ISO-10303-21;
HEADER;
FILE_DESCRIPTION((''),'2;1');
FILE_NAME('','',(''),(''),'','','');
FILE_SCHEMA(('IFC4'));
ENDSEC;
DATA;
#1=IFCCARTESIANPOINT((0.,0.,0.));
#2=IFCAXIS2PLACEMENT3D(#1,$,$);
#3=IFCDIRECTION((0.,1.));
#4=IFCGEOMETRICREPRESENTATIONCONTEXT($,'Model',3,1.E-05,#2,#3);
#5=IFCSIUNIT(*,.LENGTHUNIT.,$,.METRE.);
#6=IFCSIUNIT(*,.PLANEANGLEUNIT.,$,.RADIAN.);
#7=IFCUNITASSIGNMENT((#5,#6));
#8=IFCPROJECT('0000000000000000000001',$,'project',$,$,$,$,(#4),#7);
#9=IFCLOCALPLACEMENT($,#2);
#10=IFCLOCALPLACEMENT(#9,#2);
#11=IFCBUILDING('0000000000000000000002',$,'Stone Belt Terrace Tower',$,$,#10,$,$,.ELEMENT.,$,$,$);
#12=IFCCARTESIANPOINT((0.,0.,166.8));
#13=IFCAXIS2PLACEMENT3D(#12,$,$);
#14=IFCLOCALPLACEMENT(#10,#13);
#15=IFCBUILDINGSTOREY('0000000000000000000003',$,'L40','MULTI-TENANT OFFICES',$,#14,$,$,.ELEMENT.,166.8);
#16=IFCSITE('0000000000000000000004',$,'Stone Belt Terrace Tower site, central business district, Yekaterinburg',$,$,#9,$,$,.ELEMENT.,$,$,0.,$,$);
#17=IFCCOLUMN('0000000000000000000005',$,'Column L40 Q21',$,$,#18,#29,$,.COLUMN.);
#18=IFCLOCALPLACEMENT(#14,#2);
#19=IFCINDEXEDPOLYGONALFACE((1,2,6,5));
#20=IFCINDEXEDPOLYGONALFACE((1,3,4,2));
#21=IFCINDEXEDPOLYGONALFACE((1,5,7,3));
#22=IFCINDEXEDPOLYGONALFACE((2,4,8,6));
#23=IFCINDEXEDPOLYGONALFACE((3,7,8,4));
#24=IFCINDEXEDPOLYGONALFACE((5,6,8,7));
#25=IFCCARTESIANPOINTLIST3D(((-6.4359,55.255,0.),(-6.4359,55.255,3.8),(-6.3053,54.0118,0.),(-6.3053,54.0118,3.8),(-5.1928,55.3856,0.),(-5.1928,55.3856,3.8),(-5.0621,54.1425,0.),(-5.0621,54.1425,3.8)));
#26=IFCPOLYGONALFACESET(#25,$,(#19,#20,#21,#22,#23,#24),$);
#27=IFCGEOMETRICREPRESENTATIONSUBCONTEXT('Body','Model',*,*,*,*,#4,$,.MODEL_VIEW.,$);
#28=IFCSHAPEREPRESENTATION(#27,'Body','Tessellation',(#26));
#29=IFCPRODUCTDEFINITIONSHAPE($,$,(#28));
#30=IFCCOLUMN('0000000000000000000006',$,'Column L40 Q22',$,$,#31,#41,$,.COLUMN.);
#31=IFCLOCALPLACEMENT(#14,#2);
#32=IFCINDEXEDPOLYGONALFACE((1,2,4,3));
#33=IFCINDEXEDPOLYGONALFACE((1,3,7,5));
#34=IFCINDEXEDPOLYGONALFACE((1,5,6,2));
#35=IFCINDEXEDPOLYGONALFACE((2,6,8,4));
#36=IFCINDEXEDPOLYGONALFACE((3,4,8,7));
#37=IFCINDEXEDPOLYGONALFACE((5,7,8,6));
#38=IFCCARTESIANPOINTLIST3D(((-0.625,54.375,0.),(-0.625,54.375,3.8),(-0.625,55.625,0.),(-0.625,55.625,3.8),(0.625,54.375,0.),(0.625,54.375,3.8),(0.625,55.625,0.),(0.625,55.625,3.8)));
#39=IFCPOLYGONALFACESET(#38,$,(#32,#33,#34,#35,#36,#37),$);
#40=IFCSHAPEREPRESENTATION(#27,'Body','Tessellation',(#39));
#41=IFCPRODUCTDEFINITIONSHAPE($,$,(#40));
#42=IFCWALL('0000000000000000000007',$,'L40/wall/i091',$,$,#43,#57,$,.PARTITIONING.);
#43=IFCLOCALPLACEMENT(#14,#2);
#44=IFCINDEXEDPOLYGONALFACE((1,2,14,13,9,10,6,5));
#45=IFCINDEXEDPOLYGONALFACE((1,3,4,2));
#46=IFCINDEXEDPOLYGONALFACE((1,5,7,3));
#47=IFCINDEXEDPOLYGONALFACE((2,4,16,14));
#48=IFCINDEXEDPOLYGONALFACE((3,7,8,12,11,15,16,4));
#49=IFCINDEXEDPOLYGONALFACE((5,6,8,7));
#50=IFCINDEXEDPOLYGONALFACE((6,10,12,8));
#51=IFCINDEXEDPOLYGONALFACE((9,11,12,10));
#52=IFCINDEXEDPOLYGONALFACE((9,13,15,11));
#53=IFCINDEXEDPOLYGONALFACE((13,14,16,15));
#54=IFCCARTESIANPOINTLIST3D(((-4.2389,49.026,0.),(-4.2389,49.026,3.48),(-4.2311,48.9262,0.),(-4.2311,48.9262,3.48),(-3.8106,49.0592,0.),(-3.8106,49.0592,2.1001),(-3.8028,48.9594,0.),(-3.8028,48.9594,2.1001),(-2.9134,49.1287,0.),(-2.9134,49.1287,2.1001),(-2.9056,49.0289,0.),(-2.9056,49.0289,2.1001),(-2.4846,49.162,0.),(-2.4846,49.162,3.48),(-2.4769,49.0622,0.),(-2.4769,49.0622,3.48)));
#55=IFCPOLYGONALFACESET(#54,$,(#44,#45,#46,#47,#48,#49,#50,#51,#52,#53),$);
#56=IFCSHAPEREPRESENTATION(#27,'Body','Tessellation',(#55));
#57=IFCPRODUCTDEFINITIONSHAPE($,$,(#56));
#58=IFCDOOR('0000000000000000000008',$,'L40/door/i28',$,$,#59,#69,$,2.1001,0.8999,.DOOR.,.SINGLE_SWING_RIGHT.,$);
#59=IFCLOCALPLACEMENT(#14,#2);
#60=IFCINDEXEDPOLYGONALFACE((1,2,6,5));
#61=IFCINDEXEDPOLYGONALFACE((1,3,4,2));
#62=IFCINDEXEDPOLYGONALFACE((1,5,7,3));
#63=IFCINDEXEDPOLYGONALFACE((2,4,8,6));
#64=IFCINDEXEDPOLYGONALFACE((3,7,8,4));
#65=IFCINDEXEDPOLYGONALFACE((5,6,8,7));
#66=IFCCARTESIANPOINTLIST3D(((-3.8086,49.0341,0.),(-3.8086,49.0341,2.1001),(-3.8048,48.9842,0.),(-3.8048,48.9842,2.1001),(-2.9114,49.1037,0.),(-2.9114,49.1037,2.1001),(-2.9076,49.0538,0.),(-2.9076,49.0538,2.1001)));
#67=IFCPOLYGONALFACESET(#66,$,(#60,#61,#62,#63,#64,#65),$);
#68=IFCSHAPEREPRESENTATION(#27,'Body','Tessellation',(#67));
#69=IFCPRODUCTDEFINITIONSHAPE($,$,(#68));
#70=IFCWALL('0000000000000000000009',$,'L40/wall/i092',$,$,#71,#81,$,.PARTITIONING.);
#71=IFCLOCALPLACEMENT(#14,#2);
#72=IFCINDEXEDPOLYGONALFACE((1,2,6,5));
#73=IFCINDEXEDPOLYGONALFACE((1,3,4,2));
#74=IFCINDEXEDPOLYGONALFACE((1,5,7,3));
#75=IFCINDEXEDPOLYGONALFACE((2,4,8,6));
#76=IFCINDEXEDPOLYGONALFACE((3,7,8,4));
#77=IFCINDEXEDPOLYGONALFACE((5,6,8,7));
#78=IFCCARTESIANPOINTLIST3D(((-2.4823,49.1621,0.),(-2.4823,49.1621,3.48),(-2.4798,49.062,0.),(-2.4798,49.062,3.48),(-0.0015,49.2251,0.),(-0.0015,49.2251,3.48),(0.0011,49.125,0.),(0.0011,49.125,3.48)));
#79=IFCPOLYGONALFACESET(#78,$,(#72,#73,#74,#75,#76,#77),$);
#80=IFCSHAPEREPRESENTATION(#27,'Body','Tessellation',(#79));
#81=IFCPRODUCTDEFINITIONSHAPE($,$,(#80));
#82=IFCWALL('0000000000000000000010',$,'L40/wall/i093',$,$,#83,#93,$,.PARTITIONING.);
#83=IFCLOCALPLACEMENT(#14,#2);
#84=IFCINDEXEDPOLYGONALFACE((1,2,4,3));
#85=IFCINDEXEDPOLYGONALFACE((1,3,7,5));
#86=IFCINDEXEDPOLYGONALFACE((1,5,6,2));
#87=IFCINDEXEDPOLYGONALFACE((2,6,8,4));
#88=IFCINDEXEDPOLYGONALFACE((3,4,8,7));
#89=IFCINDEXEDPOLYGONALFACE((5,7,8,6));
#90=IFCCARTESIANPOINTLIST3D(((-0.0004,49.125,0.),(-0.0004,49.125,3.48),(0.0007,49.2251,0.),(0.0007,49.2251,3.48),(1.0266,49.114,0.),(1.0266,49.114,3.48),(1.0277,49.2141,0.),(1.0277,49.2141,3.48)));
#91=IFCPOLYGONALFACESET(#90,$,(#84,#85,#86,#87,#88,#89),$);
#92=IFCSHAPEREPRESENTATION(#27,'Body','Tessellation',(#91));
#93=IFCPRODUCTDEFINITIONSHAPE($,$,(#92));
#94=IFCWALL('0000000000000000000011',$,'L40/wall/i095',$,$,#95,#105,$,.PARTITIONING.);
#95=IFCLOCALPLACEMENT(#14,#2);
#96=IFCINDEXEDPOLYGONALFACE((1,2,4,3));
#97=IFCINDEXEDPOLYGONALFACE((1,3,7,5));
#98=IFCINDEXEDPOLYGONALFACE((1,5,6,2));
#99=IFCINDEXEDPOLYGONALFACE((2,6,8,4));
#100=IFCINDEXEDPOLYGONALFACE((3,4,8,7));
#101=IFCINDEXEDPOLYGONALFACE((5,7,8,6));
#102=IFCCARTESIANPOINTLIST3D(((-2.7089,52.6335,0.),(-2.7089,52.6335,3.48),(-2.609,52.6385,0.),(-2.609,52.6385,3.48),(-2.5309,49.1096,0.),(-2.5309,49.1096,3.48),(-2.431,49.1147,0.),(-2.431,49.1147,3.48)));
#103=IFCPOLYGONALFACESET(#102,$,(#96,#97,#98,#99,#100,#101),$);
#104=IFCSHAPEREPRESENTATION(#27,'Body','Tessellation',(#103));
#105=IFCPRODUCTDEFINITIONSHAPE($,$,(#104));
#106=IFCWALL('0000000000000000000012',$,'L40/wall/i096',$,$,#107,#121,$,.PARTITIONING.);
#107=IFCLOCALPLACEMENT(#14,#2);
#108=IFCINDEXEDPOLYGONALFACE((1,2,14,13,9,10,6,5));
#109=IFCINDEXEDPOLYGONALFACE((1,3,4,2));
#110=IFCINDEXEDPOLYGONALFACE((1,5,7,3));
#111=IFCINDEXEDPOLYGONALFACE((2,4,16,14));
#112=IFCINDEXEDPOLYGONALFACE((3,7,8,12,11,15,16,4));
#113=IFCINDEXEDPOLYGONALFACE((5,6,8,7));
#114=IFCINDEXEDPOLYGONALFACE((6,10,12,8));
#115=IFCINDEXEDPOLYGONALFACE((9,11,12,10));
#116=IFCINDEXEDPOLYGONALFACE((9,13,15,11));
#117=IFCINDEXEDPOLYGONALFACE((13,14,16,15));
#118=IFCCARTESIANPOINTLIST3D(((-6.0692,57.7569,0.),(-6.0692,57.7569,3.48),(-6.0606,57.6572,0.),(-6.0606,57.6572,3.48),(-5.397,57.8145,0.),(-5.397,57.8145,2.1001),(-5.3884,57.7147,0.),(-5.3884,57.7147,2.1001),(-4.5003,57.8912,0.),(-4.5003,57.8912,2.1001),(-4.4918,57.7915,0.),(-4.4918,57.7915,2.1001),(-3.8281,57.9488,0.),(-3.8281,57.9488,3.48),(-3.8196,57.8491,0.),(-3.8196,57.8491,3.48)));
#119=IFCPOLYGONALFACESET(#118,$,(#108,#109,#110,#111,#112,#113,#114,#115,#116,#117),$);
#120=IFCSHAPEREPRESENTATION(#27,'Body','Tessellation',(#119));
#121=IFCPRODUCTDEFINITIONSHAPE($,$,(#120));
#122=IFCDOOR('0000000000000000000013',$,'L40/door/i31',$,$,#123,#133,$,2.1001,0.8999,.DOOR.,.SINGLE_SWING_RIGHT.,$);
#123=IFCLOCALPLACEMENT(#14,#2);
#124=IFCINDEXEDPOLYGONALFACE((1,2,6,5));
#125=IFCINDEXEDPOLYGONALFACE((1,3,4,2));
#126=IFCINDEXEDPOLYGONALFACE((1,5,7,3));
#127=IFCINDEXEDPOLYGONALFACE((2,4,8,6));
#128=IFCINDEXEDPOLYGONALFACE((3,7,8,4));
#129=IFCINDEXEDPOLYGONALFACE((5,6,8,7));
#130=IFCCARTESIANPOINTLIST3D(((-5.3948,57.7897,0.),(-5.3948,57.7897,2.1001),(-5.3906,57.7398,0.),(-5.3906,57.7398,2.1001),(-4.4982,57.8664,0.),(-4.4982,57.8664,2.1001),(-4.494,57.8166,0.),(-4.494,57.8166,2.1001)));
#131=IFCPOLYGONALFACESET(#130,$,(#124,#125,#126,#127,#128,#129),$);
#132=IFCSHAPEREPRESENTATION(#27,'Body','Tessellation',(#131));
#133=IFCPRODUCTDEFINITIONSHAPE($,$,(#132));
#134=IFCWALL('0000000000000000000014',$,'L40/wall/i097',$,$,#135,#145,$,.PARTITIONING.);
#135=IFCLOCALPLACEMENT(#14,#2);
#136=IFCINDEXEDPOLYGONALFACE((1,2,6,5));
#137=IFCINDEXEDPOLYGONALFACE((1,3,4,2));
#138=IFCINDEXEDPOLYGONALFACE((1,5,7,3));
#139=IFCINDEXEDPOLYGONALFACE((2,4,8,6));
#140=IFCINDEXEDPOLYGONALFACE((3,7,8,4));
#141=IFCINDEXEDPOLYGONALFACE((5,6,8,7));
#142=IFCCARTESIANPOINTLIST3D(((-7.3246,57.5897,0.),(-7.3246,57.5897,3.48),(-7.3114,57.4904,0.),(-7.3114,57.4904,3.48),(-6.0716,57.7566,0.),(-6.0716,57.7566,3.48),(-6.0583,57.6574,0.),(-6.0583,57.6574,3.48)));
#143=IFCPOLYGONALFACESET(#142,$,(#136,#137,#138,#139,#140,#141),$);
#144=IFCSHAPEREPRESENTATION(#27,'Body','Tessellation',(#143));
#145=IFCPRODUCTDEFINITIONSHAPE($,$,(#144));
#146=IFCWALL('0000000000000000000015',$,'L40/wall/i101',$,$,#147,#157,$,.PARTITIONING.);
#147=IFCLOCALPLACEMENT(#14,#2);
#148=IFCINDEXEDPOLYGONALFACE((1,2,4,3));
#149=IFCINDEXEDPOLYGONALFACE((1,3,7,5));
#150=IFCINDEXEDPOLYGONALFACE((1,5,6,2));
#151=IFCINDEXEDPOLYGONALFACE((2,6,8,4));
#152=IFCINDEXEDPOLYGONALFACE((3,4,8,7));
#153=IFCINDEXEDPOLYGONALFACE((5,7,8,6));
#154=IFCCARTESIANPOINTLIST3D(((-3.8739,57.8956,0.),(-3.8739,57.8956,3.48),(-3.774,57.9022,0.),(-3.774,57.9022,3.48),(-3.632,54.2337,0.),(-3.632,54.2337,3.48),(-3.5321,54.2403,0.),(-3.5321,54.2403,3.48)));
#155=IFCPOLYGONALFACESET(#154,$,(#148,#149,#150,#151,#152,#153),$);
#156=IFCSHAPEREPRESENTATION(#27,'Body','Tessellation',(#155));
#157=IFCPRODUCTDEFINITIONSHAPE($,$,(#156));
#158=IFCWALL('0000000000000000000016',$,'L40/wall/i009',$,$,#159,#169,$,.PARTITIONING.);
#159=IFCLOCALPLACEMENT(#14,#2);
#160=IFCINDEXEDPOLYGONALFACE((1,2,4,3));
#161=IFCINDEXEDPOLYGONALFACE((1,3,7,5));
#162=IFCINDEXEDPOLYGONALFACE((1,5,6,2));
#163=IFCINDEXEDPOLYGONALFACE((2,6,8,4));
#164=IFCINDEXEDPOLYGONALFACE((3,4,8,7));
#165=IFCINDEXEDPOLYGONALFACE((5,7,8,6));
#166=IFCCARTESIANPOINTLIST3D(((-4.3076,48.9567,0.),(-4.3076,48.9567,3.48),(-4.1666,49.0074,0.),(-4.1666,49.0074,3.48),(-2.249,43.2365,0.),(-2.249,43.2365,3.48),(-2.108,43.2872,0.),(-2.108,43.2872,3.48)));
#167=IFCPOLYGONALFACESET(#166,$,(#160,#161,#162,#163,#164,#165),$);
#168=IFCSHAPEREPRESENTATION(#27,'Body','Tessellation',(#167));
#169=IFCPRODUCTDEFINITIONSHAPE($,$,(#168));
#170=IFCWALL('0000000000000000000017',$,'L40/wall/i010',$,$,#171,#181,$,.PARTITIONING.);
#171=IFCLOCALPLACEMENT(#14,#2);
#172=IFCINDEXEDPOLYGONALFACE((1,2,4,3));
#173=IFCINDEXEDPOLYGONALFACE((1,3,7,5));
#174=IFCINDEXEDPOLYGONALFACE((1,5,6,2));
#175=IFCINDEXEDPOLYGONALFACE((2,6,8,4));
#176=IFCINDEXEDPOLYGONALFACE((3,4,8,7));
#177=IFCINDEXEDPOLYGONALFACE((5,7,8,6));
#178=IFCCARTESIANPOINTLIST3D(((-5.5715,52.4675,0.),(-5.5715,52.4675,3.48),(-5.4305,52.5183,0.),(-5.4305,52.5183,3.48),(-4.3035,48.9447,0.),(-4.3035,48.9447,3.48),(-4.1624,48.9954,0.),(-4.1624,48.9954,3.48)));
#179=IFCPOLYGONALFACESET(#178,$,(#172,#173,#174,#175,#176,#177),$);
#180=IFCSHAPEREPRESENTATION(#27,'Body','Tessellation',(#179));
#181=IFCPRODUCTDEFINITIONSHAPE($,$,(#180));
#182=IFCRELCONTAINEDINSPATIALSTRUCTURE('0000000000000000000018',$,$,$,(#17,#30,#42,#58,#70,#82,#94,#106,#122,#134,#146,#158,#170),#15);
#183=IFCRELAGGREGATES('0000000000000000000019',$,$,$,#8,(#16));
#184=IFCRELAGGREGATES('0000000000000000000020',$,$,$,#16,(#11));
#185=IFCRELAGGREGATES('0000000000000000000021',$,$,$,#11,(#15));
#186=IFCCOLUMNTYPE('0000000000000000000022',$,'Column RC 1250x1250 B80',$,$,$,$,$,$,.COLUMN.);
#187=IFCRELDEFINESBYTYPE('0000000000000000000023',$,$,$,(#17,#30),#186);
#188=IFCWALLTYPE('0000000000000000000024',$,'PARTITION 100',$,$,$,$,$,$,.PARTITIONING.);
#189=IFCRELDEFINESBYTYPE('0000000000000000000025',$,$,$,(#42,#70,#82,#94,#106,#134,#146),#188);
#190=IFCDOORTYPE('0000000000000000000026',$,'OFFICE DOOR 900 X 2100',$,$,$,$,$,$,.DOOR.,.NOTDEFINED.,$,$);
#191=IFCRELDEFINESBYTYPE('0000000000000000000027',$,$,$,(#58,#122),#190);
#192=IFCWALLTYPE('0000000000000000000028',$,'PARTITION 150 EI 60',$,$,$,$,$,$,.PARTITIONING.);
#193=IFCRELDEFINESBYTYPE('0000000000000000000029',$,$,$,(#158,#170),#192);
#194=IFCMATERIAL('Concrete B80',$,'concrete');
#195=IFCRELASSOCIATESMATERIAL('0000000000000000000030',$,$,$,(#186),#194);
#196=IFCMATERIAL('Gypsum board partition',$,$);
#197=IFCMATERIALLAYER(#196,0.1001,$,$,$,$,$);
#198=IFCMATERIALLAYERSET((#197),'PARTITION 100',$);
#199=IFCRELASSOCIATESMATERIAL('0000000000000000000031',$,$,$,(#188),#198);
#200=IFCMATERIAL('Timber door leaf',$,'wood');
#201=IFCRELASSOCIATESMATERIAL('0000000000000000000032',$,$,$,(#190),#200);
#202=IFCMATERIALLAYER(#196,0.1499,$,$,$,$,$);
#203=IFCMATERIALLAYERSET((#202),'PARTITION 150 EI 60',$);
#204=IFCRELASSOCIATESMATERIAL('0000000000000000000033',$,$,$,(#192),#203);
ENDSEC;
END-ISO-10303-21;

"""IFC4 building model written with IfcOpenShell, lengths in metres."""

from ifc_helpers import new_model, si_unit, direction, frame, frame_2d, origin, origin_2d, place, context, subcontext, project, spatial, rectangle, extrude, material, layer, layer_set, material_profile, profile_set, type_object, element, fill, save


model = new_model("IFC4")

# Units and contexts
model_context = context("Model", 3, precision=1e-05, world=origin(), true_north=direction((0.0, 1.0)))
body_context = subcontext(model_context, "Body", "Model", "MODEL_VIEW")
ifc_project = project(units=[si_unit("LENGTHUNIT", "METRE"), si_unit("PLANEANGLEUNIT", "RADIAN")], contexts=[model_context])

# Site, building, storey
site_placement = place(None, origin())
site = spatial("IfcSite", under=ifc_project, at=site_placement, Name="Stone Belt Terrace Tower site, central business district, Yekaterinburg", CompositionType="ELEMENT", RefElevation=0.0)
building_placement = place(site_placement, origin())
building = spatial("IfcBuilding", under=site, at=building_placement, Name="Stone Belt Terrace Tower", CompositionType="ELEMENT")
storey_placement = place(building_placement, frame((0.0, 0.0, 166.8)))
storey = spatial("IfcBuildingStorey", under=building, at=storey_placement, Name="L40", Description="MULTI-TENANT OFFICES", CompositionType="ELEMENT", Elevation=166.8)

# Columns
ifc_material_1 = material(Name="Concrete B80", Category="concrete")
ifc_material_profile = material_profile(ifc_material_1, rectangle(XDim=1.25, YDim=1.25, at=origin_2d()), Name="RC 1250x1250")
ifc_profile_set = profile_set([ifc_material_profile], Name="Concrete B80")
column_type = type_object("IfcColumnType", Name="Column RC 1250x1250 B80", PredefinedType="COLUMN", material=ifc_profile_set)
for number, where, z_axis, x_axis, name in (
    (1, (-5.749, 54.6987, 0.0), (0.0, 0.0, 1.0), (0.994522, 0.104528, 0.0), "Column L40 Q21"),
    (2, (0.0, 55.0, 0.0), (0.0, 0.0, 1.0), (1.0, 0.0, 0.0), "Column L40 Q22"),
):
    element("IfcColumn", number, at=place(storey_placement, frame(where, z_axis=z_axis, x_axis=x_axis)), inside=storey, type_object=column_type, Name=name, PredefinedType="COLUMN", context=body_context, shape_type="SweptSolid", body=[
        extrude(rectangle(XDim=1.25, YDim=1.25, at=origin_2d()), origin(), (0.0, 0.0, 1.0), 3.8),
    ])

# Wall, opening, door
ifc_material_2 = material(Name="Gypsum board partition")
ifc_layer_1 = layer(ifc_material_2, 0.1001)
ifc_layer_set_1 = layer_set([ifc_layer_1], Name="PARTITION 100")
wall_type_1 = type_object("IfcWallType", Name="PARTITION 100", PredefinedType="PARTITIONING", material=ifc_layer_set_1)
wall_1_placement = place(storey_placement, frame((-4.2351, 48.9761, 0.0), z_axis=(0.0, 0.0, 1.0), x_axis=(0.997009, 0.077291, 0.0)))
wall_1 = element("IfcWall", 3, at=wall_1_placement, inside=storey, type_object=wall_type_1, Name="L40/wall/i091", PredefinedType="PARTITIONING", context=body_context, shape_type="SweptSolid", body=[
    extrude(rectangle(XDim=1.7595, YDim=0.1001, at=frame_2d((0.8799, 0.0))), origin(), (0.0, 0.0, 1.0), 3.48),
])
opening_1_placement = place(wall_1_placement, frame((0.4297, 0.0, 0.0)))
opening_1 = element("IfcOpeningElement", 4, at=opening_1_placement, cuts=wall_1, PredefinedType="OPENING", context=body_context, shape_type="SweptSolid", body=[
    extrude(rectangle(XDim=0.8999, YDim=2.1001, at=frame_2d((0.45, 1.05))), frame((0.0, 0.0601, 0.0), z_axis=(0.0, -1.0, 0.0), x_axis=(1.0, 0.0, 0.0)), (0.0, 0.0, 1.0), 0.1201),
])
ifc_material_3 = material(Name="Timber door leaf", Category="wood")
door_type = type_object("IfcDoorType", Name="OFFICE DOOR 900 X 2100", OperationType="NOTDEFINED", PredefinedType="DOOR", material=ifc_material_3)
door_1_placement = place(opening_1_placement, origin())
door_1 = element("IfcDoor", 5, at=door_1_placement, inside=storey, type_object=door_type, Name="L40/door/i28", OperationType="SINGLE_SWING_RIGHT", OverallHeight=2.1001, OverallWidth=0.8999, PredefinedType="DOOR", context=body_context, shape_type="SweptSolid", body=[
    extrude(rectangle(XDim=0.8999, YDim=2.1001, at=frame_2d((0.45, 1.05))), frame((0.0, 0.0249, 0.0), z_axis=(0.0, -1.0, 0.0), x_axis=(1.0, 0.0, 0.0)), (0.0, 0.0, 1.0), 0.05),
])
fill(opening_1, door_1)

# Walls
wall_2_placement = place(storey_placement, frame((-2.481, 49.1121, 0.0), z_axis=(0.0, 0.0, 1.0), x_axis=(0.999678, 0.025381, 0.0)))
element("IfcWall", 6, at=wall_2_placement, inside=storey, type_object=wall_type_1, Name="L40/wall/i092", PredefinedType="PARTITIONING", context=body_context, shape_type="SweptSolid", body=[
    extrude(rectangle(XDim=2.4817, YDim=0.1001, at=frame_2d((1.2407, 0.0))), origin(), (0.0, 0.0, 1.0), 3.48),
])
wall_3_placement = place(storey_placement, frame((0.0, 49.175, 0.0), z_axis=(0.0, 0.0, 1.0), x_axis=(0.999943, -0.010696, 0.0)))
element("IfcWall", 7, at=wall_3_placement, inside=storey, type_object=wall_type_1, Name="L40/wall/i093", PredefinedType="PARTITIONING", context=body_context, shape_type="SweptSolid", body=[
    extrude(rectangle(XDim=1.0271, YDim=0.1001, at=frame_2d((0.5137, 0.0))), origin(), (0.0, 0.0, 1.0), 3.48),
])
wall_4_placement = place(storey_placement, frame((-2.6589, 52.636, 0.0), z_axis=(0.0, 0.0, 1.0), x_axis=(0.050441, -0.998727, 0.0)))
element("IfcWall", 8, at=wall_4_placement, inside=storey, type_object=wall_type_1, Name="L40/wall/i095", PredefinedType="PARTITIONING", context=body_context, shape_type="SweptSolid", body=[
    extrude(rectangle(XDim=3.5283, YDim=0.1001, at=frame_2d((1.7642, 0.0))), origin(), (0.0, 0.0, 1.0), 3.48),
])

# Wall, opening, door
wall_5_placement = place(storey_placement, frame((-3.824, 57.8989, 0.0), z_axis=(0.0, 0.0, 1.0), x_axis=(-0.996354, -0.085318, 0.0)))
wall_5 = element("IfcWall", 9, at=wall_5_placement, inside=storey, type_object=wall_type_1, Name="L40/wall/i096", PredefinedType="PARTITIONING", context=body_context, shape_type="SweptSolid", body=[
    extrude(rectangle(XDim=2.2493, YDim=0.1001, at=frame_2d((1.1245, 0.0))), origin(), (0.0, 0.0, 1.0), 3.48),
])
opening_2_placement = place(wall_5_placement, frame((0.6746, 0.0, 0.0)))
opening_2 = element("IfcOpeningElement", 10, at=opening_2_placement, cuts=wall_5, PredefinedType="OPENING", context=body_context, shape_type="SweptSolid", body=[
    extrude(rectangle(XDim=0.8999, YDim=2.1001, at=frame_2d((0.45, 1.05))), frame((0.0, 0.0601, 0.0), z_axis=(0.0, -1.0, 0.0), x_axis=(1.0, 0.0, 0.0)), (0.0, 0.0, 1.0), 0.1201),
])
door_2_placement = place(opening_2_placement, origin())
door_2 = element("IfcDoor", 11, at=door_2_placement, inside=storey, type_object=door_type, Name="L40/door/i31", OperationType="SINGLE_SWING_RIGHT", OverallHeight=2.1001, OverallWidth=0.8999, PredefinedType="DOOR", context=body_context, shape_type="SweptSolid", body=[
    extrude(rectangle(XDim=0.8999, YDim=2.1001, at=frame_2d((0.45, 1.05))), frame((0.0, 0.0249, 0.0), z_axis=(0.0, -1.0, 0.0), x_axis=(1.0, 0.0, 0.0)), (0.0, 0.0, 1.0), 0.05),
])
fill(opening_2, door_2)

# Walls
wall_6_placement = place(storey_placement, frame((-6.0649, 57.707, 0.0), z_axis=(0.0, 0.0, 1.0), x_axis=(-0.991238, -0.132088, 0.0)))
element("IfcWall", 12, at=wall_6_placement, inside=storey, type_object=wall_type_1, Name="L40/wall/i097", PredefinedType="PARTITIONING", context=body_context, shape_type="SweptSolid", body=[
    extrude(rectangle(XDim=1.2642, YDim=0.1001, at=frame_2d((0.6321, 0.0))), origin(), (0.0, 0.0, 1.0), 3.48),
])
wall_7_placement = place(storey_placement, frame((-3.824, 57.8989, 0.0), z_axis=(0.0, 0.0, 1.0), x_axis=(0.065927, -0.997824, 0.0)))
element("IfcWall", 13, at=wall_7_placement, inside=storey, type_object=wall_type_1, Name="L40/wall/i101", PredefinedType="PARTITIONING", context=body_context, shape_type="SweptSolid", body=[
    extrude(rectangle(XDim=3.6699, YDim=0.1001, at=frame_2d((1.835, 0.0))), origin(), (0.0, 0.0, 1.0), 3.48),
])
ifc_layer_2 = layer(ifc_material_2, 0.1499)
ifc_layer_set_2 = layer_set([ifc_layer_2], Name="PARTITION 150 EI 60")
wall_type_2 = type_object("IfcWallType", Name="PARTITION 150 EI 60", PredefinedType="PARTITIONING", material=ifc_layer_set_2)
wall_8_placement = place(storey_placement, frame((-4.2371, 48.9819, 0.0), z_axis=(0.0, 0.0, 1.0), x_axis=(0.33862, -0.940923, 0.0)))
element("IfcWall", 14, at=wall_8_placement, inside=storey, type_object=wall_type_2, Name="L40/wall/i009", PredefinedType="PARTITIONING", context=body_context, shape_type="SweptSolid", body=[
    extrude(rectangle(XDim=6.0793, YDim=0.1499, at=frame_2d((3.0396, 0.0))), origin(), (0.0, 0.0, 1.0), 3.48),
])
wall_9_placement = place(storey_placement, frame((-5.501, 52.4929, 0.0), z_axis=(0.0, 0.0, 1.0), x_axis=(0.338673, -0.940904, 0.0)))
element("IfcWall", 15, at=wall_9_placement, inside=storey, type_object=wall_type_2, Name="L40/wall/i010", PredefinedType="PARTITIONING", context=body_context, shape_type="SweptSolid", body=[
    extrude(rectangle(XDim=3.7441, YDim=0.1499, at=frame_2d((1.8721, 0.0))), origin(), (0.0, 0.0, 1.0), 3.48),
])

save(model, "model.ifc")
